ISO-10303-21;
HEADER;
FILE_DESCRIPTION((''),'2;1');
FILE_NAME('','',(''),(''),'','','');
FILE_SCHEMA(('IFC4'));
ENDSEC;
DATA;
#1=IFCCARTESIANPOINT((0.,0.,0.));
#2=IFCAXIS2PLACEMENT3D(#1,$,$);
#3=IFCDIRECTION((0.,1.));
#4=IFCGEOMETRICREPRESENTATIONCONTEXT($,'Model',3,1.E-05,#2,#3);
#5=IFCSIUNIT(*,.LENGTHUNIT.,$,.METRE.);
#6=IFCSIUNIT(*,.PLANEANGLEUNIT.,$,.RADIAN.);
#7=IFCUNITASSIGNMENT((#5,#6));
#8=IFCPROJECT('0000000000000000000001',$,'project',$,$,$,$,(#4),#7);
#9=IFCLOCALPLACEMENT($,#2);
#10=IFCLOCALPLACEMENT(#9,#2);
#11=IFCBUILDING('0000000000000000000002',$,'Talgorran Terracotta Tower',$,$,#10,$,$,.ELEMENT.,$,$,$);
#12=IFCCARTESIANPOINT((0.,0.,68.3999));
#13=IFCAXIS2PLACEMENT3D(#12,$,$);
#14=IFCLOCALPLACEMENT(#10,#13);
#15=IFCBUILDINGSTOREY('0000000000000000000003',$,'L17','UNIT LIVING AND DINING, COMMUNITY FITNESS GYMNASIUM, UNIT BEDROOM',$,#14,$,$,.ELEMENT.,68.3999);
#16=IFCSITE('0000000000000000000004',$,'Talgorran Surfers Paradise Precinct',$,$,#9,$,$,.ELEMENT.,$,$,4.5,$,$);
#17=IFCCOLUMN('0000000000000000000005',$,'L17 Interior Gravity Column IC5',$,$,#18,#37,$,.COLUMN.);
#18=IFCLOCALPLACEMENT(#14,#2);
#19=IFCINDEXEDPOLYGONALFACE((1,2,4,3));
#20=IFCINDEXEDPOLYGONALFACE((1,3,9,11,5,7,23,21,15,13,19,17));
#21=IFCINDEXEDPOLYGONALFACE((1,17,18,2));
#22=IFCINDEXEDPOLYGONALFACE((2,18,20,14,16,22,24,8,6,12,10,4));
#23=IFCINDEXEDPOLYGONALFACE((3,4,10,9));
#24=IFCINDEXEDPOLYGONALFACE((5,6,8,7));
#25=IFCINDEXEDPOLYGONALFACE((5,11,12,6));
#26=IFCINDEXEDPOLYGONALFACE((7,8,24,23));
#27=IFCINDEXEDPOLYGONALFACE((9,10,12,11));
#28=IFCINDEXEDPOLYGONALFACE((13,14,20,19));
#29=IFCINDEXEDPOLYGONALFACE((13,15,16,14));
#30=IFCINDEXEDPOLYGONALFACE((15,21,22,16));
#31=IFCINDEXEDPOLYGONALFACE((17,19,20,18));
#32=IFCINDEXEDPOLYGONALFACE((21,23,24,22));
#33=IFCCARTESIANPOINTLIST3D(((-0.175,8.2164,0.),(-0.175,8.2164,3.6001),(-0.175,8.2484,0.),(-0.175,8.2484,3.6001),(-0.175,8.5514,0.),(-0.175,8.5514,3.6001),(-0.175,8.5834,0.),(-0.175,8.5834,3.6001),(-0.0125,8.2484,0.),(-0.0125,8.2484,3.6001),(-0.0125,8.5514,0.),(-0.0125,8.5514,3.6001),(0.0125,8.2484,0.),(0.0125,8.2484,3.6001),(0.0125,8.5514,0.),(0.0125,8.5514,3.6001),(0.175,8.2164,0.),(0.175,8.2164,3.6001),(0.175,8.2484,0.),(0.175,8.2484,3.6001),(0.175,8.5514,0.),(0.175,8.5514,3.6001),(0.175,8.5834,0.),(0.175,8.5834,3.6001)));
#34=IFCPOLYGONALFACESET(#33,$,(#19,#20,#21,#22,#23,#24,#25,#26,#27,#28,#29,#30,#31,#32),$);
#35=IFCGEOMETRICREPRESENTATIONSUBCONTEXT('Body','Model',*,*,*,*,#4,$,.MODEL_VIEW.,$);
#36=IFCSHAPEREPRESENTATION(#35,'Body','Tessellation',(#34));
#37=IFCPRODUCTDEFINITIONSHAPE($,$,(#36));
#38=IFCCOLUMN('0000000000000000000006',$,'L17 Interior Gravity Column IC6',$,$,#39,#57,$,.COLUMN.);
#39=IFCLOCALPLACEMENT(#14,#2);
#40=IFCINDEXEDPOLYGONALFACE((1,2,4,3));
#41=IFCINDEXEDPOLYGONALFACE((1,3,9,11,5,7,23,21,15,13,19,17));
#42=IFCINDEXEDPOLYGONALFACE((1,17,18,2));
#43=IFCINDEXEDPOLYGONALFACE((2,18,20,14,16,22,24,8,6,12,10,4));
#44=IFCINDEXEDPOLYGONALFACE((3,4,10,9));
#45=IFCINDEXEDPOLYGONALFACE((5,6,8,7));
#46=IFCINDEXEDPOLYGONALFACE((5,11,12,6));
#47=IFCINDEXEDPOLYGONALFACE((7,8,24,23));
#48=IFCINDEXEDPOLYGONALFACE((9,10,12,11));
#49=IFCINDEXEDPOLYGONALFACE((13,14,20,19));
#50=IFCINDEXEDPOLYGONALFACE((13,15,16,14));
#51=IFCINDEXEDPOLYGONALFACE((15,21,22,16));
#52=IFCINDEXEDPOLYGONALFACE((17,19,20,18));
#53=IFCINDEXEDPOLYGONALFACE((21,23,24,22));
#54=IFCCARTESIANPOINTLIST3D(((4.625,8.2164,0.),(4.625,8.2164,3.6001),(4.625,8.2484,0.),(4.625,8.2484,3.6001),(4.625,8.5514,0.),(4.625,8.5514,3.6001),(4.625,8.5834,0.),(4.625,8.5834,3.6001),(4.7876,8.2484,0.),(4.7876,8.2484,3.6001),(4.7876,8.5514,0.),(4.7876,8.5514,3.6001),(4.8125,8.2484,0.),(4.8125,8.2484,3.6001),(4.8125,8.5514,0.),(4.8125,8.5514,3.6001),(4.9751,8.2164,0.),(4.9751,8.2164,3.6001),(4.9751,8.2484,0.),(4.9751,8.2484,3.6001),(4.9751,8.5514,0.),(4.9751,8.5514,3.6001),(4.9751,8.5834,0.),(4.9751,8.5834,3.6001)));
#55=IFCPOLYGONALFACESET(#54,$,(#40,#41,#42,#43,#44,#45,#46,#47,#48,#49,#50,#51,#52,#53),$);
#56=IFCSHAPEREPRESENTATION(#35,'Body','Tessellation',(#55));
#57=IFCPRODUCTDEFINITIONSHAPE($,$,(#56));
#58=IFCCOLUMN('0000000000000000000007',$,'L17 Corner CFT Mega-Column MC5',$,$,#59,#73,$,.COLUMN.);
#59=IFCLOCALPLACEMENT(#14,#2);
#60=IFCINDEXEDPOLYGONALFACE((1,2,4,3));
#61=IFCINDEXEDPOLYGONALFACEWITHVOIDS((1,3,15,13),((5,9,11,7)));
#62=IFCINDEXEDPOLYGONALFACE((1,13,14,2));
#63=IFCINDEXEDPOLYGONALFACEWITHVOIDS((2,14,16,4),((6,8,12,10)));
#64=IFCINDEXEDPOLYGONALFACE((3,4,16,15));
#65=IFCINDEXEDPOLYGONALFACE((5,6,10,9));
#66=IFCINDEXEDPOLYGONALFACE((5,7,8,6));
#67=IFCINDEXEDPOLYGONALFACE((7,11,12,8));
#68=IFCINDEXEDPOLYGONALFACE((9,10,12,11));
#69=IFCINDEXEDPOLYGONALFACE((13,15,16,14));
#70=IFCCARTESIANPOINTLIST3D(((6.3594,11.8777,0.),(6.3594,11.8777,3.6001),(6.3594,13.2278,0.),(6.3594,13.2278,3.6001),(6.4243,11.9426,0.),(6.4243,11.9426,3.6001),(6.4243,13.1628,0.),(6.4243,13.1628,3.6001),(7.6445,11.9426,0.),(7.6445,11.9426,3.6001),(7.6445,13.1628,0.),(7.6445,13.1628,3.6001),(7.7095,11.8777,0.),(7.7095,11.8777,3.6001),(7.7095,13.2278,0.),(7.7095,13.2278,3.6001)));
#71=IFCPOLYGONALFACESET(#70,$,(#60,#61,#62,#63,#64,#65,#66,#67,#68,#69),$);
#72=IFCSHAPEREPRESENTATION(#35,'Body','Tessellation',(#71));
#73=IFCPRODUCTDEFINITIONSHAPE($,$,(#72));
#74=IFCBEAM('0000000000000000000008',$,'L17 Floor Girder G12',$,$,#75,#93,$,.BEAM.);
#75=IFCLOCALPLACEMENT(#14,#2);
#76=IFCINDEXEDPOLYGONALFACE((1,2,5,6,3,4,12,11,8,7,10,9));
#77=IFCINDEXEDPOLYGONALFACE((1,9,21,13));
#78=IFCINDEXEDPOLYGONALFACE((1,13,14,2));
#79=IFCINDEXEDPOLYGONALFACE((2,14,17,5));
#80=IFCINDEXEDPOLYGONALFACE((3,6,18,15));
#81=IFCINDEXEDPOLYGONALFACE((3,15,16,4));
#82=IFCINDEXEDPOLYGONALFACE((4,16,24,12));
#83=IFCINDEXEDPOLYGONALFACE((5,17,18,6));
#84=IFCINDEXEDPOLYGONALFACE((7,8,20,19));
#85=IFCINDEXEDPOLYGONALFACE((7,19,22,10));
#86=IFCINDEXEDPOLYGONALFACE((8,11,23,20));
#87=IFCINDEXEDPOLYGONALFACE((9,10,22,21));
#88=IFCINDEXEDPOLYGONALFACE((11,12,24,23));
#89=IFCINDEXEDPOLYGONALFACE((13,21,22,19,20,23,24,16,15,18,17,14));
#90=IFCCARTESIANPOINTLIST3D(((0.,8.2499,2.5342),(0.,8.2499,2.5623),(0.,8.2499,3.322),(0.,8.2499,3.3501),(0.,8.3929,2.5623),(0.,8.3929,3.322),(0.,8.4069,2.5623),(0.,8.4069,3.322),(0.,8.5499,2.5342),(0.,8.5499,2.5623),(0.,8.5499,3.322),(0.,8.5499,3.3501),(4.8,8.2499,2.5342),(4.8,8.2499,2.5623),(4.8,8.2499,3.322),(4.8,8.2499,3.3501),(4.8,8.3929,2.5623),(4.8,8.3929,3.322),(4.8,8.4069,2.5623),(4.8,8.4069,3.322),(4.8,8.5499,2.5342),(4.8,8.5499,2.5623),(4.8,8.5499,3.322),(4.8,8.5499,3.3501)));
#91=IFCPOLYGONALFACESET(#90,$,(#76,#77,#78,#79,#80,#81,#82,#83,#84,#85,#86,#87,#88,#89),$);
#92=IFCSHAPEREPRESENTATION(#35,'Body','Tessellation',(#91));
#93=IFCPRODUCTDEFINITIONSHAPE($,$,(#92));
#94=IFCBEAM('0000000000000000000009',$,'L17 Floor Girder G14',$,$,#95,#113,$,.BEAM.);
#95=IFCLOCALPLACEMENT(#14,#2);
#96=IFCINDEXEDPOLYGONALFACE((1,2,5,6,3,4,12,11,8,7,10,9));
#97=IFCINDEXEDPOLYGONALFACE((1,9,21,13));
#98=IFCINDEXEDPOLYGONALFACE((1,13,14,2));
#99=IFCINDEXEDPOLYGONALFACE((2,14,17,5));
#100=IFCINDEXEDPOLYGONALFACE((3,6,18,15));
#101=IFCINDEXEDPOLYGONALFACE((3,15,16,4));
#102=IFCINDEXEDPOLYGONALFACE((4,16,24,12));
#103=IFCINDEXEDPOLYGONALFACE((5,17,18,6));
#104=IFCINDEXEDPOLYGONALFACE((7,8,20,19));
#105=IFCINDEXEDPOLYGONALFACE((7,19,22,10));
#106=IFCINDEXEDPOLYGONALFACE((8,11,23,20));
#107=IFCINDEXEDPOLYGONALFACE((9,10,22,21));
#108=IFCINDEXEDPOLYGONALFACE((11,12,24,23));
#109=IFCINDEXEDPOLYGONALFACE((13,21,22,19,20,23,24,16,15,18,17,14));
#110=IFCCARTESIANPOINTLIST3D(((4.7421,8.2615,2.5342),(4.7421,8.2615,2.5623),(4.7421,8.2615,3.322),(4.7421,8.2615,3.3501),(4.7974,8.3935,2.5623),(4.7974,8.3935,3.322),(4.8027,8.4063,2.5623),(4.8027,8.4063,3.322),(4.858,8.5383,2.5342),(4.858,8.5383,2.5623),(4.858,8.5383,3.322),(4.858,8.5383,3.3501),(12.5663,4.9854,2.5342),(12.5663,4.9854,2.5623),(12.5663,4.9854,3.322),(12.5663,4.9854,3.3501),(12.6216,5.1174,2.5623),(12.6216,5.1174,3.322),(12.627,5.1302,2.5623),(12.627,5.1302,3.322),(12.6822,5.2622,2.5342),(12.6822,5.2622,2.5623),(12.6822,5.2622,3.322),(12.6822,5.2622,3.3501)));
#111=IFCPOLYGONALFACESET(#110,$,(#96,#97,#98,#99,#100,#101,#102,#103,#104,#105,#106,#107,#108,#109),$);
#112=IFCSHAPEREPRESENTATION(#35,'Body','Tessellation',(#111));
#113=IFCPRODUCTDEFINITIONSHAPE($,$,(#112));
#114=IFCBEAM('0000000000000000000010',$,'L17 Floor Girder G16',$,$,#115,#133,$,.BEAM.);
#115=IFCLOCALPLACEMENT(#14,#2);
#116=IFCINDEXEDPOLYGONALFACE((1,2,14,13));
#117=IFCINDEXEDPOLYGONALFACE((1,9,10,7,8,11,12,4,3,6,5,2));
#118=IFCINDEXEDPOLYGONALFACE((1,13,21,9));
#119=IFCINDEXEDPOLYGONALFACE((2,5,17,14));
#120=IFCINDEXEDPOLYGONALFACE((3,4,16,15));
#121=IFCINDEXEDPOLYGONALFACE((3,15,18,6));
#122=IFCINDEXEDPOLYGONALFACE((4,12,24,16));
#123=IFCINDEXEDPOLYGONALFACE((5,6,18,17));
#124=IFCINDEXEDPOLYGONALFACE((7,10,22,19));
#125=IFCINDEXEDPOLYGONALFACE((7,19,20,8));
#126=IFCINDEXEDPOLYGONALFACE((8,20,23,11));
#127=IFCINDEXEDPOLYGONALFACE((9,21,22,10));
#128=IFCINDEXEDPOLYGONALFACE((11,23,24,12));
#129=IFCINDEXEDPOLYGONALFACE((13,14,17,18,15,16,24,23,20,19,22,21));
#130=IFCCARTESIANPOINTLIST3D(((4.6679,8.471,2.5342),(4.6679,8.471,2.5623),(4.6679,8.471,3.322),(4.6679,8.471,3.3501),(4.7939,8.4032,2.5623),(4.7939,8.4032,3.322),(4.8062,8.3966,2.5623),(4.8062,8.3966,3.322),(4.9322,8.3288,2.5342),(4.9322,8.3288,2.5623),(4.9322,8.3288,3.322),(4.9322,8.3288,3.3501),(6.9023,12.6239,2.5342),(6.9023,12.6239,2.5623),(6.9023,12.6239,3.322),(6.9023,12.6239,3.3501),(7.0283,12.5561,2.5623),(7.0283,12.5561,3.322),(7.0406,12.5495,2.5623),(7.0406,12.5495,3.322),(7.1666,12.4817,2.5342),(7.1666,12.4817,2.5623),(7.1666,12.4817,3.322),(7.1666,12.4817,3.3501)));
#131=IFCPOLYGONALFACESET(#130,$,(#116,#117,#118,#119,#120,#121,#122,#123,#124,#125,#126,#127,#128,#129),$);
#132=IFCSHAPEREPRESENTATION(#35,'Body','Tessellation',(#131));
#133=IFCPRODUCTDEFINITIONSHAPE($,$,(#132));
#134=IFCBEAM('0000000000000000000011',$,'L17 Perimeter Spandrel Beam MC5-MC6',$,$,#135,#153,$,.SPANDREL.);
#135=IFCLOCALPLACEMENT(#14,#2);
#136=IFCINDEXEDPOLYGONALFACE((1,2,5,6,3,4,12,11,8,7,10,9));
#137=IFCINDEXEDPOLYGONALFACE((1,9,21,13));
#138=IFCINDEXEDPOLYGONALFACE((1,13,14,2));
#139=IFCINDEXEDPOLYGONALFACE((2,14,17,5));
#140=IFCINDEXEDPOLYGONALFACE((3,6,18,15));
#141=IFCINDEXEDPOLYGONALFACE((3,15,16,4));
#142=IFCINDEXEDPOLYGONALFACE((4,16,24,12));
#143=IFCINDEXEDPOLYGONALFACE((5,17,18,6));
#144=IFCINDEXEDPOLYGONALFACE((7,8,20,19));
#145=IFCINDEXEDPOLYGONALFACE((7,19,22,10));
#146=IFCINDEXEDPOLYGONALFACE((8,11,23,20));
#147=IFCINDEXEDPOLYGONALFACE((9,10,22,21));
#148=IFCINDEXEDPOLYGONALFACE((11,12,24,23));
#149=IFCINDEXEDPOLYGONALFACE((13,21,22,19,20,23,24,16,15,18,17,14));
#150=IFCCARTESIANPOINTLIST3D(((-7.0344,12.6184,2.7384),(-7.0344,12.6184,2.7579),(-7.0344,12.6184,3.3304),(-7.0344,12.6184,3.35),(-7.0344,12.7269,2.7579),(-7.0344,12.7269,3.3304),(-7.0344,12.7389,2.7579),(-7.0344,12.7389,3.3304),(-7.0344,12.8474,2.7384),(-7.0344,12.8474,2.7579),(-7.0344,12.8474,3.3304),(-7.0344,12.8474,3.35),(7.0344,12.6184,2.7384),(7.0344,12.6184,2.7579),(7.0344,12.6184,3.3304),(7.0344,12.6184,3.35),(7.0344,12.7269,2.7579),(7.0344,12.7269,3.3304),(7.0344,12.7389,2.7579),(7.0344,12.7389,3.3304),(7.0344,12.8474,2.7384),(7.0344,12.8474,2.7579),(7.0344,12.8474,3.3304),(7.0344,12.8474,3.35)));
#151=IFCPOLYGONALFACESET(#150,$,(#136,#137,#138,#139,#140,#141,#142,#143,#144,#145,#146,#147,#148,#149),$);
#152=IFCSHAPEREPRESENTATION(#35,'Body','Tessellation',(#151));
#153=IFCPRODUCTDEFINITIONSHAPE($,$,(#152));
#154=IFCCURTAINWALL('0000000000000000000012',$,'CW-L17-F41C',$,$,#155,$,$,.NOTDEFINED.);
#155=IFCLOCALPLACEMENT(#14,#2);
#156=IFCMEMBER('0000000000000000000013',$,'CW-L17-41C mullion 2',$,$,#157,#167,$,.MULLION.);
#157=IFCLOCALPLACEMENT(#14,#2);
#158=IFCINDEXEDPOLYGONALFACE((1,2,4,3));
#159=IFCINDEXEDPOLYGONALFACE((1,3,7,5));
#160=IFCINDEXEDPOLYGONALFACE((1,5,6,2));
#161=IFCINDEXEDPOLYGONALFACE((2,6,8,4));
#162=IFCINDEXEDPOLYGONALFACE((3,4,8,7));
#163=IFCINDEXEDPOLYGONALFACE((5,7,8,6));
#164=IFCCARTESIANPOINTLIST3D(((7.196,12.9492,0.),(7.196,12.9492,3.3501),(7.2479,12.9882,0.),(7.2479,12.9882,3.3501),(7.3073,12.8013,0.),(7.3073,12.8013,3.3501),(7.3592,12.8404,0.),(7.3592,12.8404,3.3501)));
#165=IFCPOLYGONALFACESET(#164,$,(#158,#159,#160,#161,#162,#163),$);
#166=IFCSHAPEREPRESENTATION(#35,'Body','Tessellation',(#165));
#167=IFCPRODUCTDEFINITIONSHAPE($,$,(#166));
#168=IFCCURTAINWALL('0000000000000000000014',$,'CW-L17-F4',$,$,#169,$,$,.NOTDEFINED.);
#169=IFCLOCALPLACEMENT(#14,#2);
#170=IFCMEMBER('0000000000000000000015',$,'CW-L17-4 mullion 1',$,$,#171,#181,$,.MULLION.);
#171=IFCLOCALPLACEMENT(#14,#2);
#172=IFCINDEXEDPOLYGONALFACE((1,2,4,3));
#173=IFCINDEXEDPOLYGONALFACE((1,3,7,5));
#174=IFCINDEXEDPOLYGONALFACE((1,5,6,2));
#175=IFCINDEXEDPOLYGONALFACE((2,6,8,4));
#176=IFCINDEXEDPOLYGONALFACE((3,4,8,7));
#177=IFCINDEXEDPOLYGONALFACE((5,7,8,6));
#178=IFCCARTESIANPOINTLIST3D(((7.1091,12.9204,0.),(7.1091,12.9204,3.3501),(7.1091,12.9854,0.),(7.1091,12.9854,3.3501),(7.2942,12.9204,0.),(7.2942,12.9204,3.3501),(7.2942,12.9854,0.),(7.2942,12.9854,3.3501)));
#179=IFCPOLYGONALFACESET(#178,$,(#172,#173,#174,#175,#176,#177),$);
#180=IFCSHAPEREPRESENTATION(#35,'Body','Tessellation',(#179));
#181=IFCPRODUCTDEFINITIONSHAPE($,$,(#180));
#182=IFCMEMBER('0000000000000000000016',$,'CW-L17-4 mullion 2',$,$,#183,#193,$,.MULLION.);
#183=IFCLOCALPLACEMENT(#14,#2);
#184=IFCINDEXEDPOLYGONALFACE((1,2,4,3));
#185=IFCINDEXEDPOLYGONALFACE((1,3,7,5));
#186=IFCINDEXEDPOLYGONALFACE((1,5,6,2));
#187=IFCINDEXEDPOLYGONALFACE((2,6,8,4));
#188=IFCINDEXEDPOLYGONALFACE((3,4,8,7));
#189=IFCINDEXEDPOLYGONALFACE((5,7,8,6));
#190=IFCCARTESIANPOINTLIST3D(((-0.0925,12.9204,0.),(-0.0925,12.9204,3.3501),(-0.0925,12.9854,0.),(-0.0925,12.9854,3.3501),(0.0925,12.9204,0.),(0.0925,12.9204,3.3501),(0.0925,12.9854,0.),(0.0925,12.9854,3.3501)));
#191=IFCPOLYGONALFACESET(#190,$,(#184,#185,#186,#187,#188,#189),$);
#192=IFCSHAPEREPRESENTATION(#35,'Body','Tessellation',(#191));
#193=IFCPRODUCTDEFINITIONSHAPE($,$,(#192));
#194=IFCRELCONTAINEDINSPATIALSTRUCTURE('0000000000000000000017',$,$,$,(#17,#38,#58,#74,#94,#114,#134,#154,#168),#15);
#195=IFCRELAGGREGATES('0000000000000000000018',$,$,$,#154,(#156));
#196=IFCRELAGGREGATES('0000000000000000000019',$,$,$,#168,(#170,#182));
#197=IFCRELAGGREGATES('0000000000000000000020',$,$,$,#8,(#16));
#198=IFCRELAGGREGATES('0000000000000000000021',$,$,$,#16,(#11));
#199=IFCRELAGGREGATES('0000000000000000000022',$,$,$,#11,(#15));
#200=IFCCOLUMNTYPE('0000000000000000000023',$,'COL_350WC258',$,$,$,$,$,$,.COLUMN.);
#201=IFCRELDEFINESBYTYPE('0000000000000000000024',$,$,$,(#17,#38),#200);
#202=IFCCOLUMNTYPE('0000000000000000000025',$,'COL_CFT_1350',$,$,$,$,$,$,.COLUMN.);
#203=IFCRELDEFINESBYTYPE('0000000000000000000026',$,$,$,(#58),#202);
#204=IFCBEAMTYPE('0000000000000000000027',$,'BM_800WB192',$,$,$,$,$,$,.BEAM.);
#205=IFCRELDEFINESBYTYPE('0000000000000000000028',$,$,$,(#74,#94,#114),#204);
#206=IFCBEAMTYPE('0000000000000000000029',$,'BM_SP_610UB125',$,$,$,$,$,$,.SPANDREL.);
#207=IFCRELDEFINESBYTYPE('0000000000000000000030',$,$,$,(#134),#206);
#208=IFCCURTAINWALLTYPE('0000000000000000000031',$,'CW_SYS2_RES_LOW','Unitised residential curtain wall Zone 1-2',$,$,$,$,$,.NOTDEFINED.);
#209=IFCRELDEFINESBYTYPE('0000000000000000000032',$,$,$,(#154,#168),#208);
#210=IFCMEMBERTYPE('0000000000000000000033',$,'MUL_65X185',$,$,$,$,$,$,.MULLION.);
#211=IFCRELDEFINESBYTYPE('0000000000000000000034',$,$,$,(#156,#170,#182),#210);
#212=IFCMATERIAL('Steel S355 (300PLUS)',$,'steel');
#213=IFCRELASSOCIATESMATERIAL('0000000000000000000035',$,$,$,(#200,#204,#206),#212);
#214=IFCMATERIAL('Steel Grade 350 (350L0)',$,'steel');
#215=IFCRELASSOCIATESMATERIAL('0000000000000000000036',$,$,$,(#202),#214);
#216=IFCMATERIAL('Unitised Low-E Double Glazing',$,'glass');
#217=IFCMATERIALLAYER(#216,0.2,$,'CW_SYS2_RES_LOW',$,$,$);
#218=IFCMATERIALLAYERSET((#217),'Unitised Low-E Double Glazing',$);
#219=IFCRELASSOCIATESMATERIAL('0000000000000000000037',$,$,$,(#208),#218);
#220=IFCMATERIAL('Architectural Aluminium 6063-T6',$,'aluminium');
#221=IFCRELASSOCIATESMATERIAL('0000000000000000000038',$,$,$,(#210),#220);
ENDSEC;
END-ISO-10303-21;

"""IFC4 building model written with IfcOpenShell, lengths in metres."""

from ifc_helpers import new_model, si_unit, direction, frame, origin, origin_2d, place, context, subcontext, project, spatial, rectangle, hollow_rectangle, i_section, extrude, material, layer, layer_set, material_profile, profile_set, type_object, element, aggregate, save


model = new_model("IFC4")

# Units and contexts
model_context = context("Model", 3, precision=1e-05, world=origin(), true_north=direction((0.0, 1.0)))
body_context = subcontext(model_context, "Body", "Model", "MODEL_VIEW")
ifc_project = project(units=[si_unit("LENGTHUNIT", "METRE"), si_unit("PLANEANGLEUNIT", "RADIAN")], contexts=[model_context])

# Site, building, storey
site_placement = place(None, origin())
site = spatial("IfcSite", under=ifc_project, at=site_placement, Name="Talgorran Surfers Paradise Precinct", CompositionType="ELEMENT", RefElevation=4.5)
building_placement = place(site_placement, origin())
building = spatial("IfcBuilding", under=site, at=building_placement, Name="Talgorran Terracotta Tower", CompositionType="ELEMENT")
storey_placement = place(building_placement, frame((0.0, 0.0, 68.3999)))
storey = spatial("IfcBuildingStorey", under=building, at=storey_placement, Name="L17", Description="UNIT LIVING AND DINING, COMMUNITY FITNESS GYMNASIUM, UNIT BEDROOM", CompositionType="ELEMENT", Elevation=68.3999)

# Columns
ifc_material_1 = material(Name="Steel S355 (300PLUS)", Category="steel")
ifc_material_profile_1 = material_profile(ifc_material_1, i_section(OverallWidth=0.3501, OverallDepth=0.3669, WebThickness=0.0249, FlangeThickness=0.032, at=origin_2d()), Name="350WC258")
ifc_profile_set_1 = profile_set([ifc_material_profile_1], Name="Steel S355 (300PLUS)")
column_type_1 = type_object("IfcColumnType", Name="COL_350WC258", PredefinedType="COLUMN", material=ifc_profile_set_1)
for number, where, z_axis, x_axis, name in (
    (1, (0.0, 8.3999, 0.0), (0.0, 0.0, 1.0), (1.0, 0.0, 0.0), "L17 Interior Gravity Column IC5"),
    (2, (4.8, 8.3999, 0.0), (0.0, 0.0, 1.0), (1.0, 0.0, 0.0), "L17 Interior Gravity Column IC6"),
):
    element("IfcColumn", number, at=place(storey_placement, frame(where, z_axis=z_axis, x_axis=x_axis)), inside=storey, type_object=column_type_1, Name=name, PredefinedType="COLUMN", context=body_context, shape_type="SweptSolid", body=[
        extrude(i_section(OverallWidth=0.3501, OverallDepth=0.3669, WebThickness=0.0249, FlangeThickness=0.032, at=origin_2d()), origin(), (0.0, 0.0, 1.0), 3.6001),
    ])
ifc_material_2 = material(Name="Steel Grade 350 (350L0)", Category="steel")
ifc_material_profile_2 = material_profile(ifc_material_2, hollow_rectangle(XDim=1.3501, YDim=1.3501, WallThickness=0.0649, at=origin_2d()), Name="CFT1350X1350X65")
ifc_profile_set_2 = profile_set([ifc_material_profile_2], Name="Steel Grade 350 (350L0)")
column_type_2 = type_object("IfcColumnType", Name="COL_CFT_1350", PredefinedType="COLUMN", material=ifc_profile_set_2)
column_placement = place(storey_placement, frame((7.0344, 12.5527, 0.0), z_axis=(0.0, 0.0, 1.0), x_axis=(1.0, 0.0, 0.0)))
element("IfcColumn", 3, at=column_placement, inside=storey, type_object=column_type_2, Name="L17 Corner CFT Mega-Column MC5", PredefinedType="COLUMN", context=body_context, shape_type="SweptSolid", body=[
    extrude(hollow_rectangle(XDim=1.3501, YDim=1.3501, WallThickness=0.0649, at=origin_2d()), origin(), (0.0, 0.0, 1.0), 3.6001),
])

# Beams
ifc_material_profile_3 = material_profile(ifc_material_1, i_section(OverallWidth=0.3, OverallDepth=0.8159, WebThickness=0.0139, FlangeThickness=0.0281, at=origin_2d()), Name="800WB192")
ifc_profile_set_3 = profile_set([ifc_material_profile_3], Name="Steel S355 (300PLUS)")
beam_type_1 = type_object("IfcBeamType", Name="BM_800WB192", PredefinedType="BEAM", material=ifc_profile_set_3)
beam_1_placement = place(storey_placement, frame((0.0, 8.3999, 2.9421), z_axis=(1.0, 0.0, 0.0), x_axis=(0.0, 1.0, 0.0)))
element("IfcBeam", 4, at=beam_1_placement, inside=storey, type_object=beam_type_1, Name="L17 Floor Girder G12", PredefinedType="BEAM", context=body_context, shape_type="SweptSolid", body=[
    extrude(i_section(OverallWidth=0.3, OverallDepth=0.8159, WebThickness=0.0139, FlangeThickness=0.0281, at=origin_2d()), origin(), (0.0, 0.0, 1.0), 4.8),
])
beam_2_placement = place(storey_placement, frame((4.8, 8.3999, 2.9421), z_axis=(0.922405, -0.386225, 0.0), x_axis=(0.386225, 0.922405, 0.0)))
element("IfcBeam", 5, at=beam_2_placement, inside=storey, type_object=beam_type_1, Name="L17 Floor Girder G14", PredefinedType="BEAM", context=body_context, shape_type="SweptSolid", body=[
    extrude(i_section(OverallWidth=0.3, OverallDepth=0.8159, WebThickness=0.0139, FlangeThickness=0.0281, at=origin_2d()), origin(), (0.0, 0.0, 1.0), 8.4824),
])
beam_3_placement = place(storey_placement, frame((4.8, 8.3999, 2.9421), z_axis=(0.47381, 0.880627, 0.0), x_axis=(-0.880627, 0.47381, 0.0)))
element("IfcBeam", 6, at=beam_3_placement, inside=storey, type_object=beam_type_1, Name="L17 Floor Girder G16", PredefinedType="BEAM", context=body_context, shape_type="SweptSolid", body=[
    extrude(i_section(OverallWidth=0.3, OverallDepth=0.8159, WebThickness=0.0139, FlangeThickness=0.0281, at=origin_2d()), origin(), (0.0, 0.0, 1.0), 4.7158),
])
ifc_material_profile_4 = material_profile(ifc_material_1, i_section(OverallWidth=0.229, OverallDepth=0.6116, WebThickness=0.012, FlangeThickness=0.0195, at=origin_2d()), Name="610UB125")
ifc_profile_set_4 = profile_set([ifc_material_profile_4], Name="Steel S355 (300PLUS)")
beam_type_2 = type_object("IfcBeamType", Name="BM_SP_610UB125", PredefinedType="SPANDREL", material=ifc_profile_set_4)
beam_4_placement = place(storey_placement, frame((7.0344, 12.7329, 3.0442), z_axis=(-1.0, 0.0, 0.0), x_axis=(0.0, -1.0, 0.0)))
element("IfcBeam", 7, at=beam_4_placement, inside=storey, type_object=beam_type_2, Name="L17 Perimeter Spandrel Beam MC5-MC6", PredefinedType="SPANDREL", context=body_context, shape_type="SweptSolid", body=[
    extrude(i_section(OverallWidth=0.229, OverallDepth=0.6116, WebThickness=0.012, FlangeThickness=0.0195, at=origin_2d()), origin(), (0.0, 0.0, 1.0), 14.0688),
])

# Curtain wall, member
ifc_material_3 = material(Name="Unitised Low-E Double Glazing", Category="glass")
ifc_layer_1 = layer(ifc_material_3, 0.2, Name="CW_SYS2_RES_LOW")
ifc_layer_set_1 = layer_set([ifc_layer_1], Name="Unitised Low-E Double Glazing")
curtain_wall_type = type_object("IfcCurtainWallType", Name="CW_SYS2_RES_LOW", Description="Unitised residential curtain wall Zone 1-2", PredefinedType="NOTDEFINED", material=ifc_layer_set_1)
curtain_wall_1_placement = place(storey_placement, origin())
curtain_wall_1 = element("IfcCurtainWall", 8, at=curtain_wall_1_placement, inside=storey, type_object=curtain_wall_type, Name="CW-L17-F41C", PredefinedType="NOTDEFINED")
ifc_material_4 = material(Name="Architectural Aluminium 6063-T6", Category="aluminium")
ifc_material_profile_5 = material_profile(ifc_material_4, rectangle(XDim=0.0649, YDim=0.1851, at=origin_2d()), Name="CWM65X185")
ifc_profile_set_5 = profile_set([ifc_material_profile_5], Name="Architectural Aluminium 6063-T6")
member_type_1 = type_object("IfcMemberType", Name="MUL_65X185", PredefinedType="MULLION", material=ifc_profile_set_5)
member_1_placement = place(storey_placement, frame((7.2776, 12.8948, 0.0), z_axis=(0.0, 0.0, 1.0), x_axis=(-0.799061, -0.60125, 0.0)))
member_1 = element("IfcMember", 9, at=member_1_placement, type_object=member_type_1, Name="CW-L17-41C mullion 2", PredefinedType="MULLION", context=body_context, shape_type="SweptSolid", body=[
    extrude(rectangle(XDim=0.0649, YDim=0.1851, at=origin_2d()), origin(), (0.0, 0.0, 1.0), 3.3501),
])

# Curtain wall, members
curtain_wall_2_placement = place(storey_placement, origin())
curtain_wall_2 = element("IfcCurtainWall", 10, at=curtain_wall_2_placement, inside=storey, type_object=curtain_wall_type, Name="CW-L17-F4", PredefinedType="NOTDEFINED")
member_2_placement = place(storey_placement, frame((7.2017, 12.9529, 0.0), z_axis=(0.0, 0.0, 1.0), x_axis=(0.0, -1.0, 0.0)))
member_2 = element("IfcMember", 11, at=member_2_placement, type_object=member_type_1, Name="CW-L17-4 mullion 1", PredefinedType="MULLION", context=body_context, shape_type="SweptSolid", body=[
    extrude(rectangle(XDim=0.0649, YDim=0.1851, at=origin_2d()), origin(), (0.0, 0.0, 1.0), 3.3501),
])
member_3_placement = place(storey_placement, frame((0.0, 12.9529, 0.0), z_axis=(0.0, 0.0, 1.0), x_axis=(0.0, -1.0, 0.0)))
member_3 = element("IfcMember", 12, at=member_3_placement, type_object=member_type_1, Name="CW-L17-4 mullion 2", PredefinedType="MULLION", context=body_context, shape_type="SweptSolid", body=[
    extrude(rectangle(XDim=0.0649, YDim=0.1851, at=origin_2d()), origin(), (0.0, 0.0, 1.0), 3.3501),
])

aggregate(curtain_wall_1, [member_1])
aggregate(curtain_wall_2, [member_2, member_3])

save(model, "model.ifc")
